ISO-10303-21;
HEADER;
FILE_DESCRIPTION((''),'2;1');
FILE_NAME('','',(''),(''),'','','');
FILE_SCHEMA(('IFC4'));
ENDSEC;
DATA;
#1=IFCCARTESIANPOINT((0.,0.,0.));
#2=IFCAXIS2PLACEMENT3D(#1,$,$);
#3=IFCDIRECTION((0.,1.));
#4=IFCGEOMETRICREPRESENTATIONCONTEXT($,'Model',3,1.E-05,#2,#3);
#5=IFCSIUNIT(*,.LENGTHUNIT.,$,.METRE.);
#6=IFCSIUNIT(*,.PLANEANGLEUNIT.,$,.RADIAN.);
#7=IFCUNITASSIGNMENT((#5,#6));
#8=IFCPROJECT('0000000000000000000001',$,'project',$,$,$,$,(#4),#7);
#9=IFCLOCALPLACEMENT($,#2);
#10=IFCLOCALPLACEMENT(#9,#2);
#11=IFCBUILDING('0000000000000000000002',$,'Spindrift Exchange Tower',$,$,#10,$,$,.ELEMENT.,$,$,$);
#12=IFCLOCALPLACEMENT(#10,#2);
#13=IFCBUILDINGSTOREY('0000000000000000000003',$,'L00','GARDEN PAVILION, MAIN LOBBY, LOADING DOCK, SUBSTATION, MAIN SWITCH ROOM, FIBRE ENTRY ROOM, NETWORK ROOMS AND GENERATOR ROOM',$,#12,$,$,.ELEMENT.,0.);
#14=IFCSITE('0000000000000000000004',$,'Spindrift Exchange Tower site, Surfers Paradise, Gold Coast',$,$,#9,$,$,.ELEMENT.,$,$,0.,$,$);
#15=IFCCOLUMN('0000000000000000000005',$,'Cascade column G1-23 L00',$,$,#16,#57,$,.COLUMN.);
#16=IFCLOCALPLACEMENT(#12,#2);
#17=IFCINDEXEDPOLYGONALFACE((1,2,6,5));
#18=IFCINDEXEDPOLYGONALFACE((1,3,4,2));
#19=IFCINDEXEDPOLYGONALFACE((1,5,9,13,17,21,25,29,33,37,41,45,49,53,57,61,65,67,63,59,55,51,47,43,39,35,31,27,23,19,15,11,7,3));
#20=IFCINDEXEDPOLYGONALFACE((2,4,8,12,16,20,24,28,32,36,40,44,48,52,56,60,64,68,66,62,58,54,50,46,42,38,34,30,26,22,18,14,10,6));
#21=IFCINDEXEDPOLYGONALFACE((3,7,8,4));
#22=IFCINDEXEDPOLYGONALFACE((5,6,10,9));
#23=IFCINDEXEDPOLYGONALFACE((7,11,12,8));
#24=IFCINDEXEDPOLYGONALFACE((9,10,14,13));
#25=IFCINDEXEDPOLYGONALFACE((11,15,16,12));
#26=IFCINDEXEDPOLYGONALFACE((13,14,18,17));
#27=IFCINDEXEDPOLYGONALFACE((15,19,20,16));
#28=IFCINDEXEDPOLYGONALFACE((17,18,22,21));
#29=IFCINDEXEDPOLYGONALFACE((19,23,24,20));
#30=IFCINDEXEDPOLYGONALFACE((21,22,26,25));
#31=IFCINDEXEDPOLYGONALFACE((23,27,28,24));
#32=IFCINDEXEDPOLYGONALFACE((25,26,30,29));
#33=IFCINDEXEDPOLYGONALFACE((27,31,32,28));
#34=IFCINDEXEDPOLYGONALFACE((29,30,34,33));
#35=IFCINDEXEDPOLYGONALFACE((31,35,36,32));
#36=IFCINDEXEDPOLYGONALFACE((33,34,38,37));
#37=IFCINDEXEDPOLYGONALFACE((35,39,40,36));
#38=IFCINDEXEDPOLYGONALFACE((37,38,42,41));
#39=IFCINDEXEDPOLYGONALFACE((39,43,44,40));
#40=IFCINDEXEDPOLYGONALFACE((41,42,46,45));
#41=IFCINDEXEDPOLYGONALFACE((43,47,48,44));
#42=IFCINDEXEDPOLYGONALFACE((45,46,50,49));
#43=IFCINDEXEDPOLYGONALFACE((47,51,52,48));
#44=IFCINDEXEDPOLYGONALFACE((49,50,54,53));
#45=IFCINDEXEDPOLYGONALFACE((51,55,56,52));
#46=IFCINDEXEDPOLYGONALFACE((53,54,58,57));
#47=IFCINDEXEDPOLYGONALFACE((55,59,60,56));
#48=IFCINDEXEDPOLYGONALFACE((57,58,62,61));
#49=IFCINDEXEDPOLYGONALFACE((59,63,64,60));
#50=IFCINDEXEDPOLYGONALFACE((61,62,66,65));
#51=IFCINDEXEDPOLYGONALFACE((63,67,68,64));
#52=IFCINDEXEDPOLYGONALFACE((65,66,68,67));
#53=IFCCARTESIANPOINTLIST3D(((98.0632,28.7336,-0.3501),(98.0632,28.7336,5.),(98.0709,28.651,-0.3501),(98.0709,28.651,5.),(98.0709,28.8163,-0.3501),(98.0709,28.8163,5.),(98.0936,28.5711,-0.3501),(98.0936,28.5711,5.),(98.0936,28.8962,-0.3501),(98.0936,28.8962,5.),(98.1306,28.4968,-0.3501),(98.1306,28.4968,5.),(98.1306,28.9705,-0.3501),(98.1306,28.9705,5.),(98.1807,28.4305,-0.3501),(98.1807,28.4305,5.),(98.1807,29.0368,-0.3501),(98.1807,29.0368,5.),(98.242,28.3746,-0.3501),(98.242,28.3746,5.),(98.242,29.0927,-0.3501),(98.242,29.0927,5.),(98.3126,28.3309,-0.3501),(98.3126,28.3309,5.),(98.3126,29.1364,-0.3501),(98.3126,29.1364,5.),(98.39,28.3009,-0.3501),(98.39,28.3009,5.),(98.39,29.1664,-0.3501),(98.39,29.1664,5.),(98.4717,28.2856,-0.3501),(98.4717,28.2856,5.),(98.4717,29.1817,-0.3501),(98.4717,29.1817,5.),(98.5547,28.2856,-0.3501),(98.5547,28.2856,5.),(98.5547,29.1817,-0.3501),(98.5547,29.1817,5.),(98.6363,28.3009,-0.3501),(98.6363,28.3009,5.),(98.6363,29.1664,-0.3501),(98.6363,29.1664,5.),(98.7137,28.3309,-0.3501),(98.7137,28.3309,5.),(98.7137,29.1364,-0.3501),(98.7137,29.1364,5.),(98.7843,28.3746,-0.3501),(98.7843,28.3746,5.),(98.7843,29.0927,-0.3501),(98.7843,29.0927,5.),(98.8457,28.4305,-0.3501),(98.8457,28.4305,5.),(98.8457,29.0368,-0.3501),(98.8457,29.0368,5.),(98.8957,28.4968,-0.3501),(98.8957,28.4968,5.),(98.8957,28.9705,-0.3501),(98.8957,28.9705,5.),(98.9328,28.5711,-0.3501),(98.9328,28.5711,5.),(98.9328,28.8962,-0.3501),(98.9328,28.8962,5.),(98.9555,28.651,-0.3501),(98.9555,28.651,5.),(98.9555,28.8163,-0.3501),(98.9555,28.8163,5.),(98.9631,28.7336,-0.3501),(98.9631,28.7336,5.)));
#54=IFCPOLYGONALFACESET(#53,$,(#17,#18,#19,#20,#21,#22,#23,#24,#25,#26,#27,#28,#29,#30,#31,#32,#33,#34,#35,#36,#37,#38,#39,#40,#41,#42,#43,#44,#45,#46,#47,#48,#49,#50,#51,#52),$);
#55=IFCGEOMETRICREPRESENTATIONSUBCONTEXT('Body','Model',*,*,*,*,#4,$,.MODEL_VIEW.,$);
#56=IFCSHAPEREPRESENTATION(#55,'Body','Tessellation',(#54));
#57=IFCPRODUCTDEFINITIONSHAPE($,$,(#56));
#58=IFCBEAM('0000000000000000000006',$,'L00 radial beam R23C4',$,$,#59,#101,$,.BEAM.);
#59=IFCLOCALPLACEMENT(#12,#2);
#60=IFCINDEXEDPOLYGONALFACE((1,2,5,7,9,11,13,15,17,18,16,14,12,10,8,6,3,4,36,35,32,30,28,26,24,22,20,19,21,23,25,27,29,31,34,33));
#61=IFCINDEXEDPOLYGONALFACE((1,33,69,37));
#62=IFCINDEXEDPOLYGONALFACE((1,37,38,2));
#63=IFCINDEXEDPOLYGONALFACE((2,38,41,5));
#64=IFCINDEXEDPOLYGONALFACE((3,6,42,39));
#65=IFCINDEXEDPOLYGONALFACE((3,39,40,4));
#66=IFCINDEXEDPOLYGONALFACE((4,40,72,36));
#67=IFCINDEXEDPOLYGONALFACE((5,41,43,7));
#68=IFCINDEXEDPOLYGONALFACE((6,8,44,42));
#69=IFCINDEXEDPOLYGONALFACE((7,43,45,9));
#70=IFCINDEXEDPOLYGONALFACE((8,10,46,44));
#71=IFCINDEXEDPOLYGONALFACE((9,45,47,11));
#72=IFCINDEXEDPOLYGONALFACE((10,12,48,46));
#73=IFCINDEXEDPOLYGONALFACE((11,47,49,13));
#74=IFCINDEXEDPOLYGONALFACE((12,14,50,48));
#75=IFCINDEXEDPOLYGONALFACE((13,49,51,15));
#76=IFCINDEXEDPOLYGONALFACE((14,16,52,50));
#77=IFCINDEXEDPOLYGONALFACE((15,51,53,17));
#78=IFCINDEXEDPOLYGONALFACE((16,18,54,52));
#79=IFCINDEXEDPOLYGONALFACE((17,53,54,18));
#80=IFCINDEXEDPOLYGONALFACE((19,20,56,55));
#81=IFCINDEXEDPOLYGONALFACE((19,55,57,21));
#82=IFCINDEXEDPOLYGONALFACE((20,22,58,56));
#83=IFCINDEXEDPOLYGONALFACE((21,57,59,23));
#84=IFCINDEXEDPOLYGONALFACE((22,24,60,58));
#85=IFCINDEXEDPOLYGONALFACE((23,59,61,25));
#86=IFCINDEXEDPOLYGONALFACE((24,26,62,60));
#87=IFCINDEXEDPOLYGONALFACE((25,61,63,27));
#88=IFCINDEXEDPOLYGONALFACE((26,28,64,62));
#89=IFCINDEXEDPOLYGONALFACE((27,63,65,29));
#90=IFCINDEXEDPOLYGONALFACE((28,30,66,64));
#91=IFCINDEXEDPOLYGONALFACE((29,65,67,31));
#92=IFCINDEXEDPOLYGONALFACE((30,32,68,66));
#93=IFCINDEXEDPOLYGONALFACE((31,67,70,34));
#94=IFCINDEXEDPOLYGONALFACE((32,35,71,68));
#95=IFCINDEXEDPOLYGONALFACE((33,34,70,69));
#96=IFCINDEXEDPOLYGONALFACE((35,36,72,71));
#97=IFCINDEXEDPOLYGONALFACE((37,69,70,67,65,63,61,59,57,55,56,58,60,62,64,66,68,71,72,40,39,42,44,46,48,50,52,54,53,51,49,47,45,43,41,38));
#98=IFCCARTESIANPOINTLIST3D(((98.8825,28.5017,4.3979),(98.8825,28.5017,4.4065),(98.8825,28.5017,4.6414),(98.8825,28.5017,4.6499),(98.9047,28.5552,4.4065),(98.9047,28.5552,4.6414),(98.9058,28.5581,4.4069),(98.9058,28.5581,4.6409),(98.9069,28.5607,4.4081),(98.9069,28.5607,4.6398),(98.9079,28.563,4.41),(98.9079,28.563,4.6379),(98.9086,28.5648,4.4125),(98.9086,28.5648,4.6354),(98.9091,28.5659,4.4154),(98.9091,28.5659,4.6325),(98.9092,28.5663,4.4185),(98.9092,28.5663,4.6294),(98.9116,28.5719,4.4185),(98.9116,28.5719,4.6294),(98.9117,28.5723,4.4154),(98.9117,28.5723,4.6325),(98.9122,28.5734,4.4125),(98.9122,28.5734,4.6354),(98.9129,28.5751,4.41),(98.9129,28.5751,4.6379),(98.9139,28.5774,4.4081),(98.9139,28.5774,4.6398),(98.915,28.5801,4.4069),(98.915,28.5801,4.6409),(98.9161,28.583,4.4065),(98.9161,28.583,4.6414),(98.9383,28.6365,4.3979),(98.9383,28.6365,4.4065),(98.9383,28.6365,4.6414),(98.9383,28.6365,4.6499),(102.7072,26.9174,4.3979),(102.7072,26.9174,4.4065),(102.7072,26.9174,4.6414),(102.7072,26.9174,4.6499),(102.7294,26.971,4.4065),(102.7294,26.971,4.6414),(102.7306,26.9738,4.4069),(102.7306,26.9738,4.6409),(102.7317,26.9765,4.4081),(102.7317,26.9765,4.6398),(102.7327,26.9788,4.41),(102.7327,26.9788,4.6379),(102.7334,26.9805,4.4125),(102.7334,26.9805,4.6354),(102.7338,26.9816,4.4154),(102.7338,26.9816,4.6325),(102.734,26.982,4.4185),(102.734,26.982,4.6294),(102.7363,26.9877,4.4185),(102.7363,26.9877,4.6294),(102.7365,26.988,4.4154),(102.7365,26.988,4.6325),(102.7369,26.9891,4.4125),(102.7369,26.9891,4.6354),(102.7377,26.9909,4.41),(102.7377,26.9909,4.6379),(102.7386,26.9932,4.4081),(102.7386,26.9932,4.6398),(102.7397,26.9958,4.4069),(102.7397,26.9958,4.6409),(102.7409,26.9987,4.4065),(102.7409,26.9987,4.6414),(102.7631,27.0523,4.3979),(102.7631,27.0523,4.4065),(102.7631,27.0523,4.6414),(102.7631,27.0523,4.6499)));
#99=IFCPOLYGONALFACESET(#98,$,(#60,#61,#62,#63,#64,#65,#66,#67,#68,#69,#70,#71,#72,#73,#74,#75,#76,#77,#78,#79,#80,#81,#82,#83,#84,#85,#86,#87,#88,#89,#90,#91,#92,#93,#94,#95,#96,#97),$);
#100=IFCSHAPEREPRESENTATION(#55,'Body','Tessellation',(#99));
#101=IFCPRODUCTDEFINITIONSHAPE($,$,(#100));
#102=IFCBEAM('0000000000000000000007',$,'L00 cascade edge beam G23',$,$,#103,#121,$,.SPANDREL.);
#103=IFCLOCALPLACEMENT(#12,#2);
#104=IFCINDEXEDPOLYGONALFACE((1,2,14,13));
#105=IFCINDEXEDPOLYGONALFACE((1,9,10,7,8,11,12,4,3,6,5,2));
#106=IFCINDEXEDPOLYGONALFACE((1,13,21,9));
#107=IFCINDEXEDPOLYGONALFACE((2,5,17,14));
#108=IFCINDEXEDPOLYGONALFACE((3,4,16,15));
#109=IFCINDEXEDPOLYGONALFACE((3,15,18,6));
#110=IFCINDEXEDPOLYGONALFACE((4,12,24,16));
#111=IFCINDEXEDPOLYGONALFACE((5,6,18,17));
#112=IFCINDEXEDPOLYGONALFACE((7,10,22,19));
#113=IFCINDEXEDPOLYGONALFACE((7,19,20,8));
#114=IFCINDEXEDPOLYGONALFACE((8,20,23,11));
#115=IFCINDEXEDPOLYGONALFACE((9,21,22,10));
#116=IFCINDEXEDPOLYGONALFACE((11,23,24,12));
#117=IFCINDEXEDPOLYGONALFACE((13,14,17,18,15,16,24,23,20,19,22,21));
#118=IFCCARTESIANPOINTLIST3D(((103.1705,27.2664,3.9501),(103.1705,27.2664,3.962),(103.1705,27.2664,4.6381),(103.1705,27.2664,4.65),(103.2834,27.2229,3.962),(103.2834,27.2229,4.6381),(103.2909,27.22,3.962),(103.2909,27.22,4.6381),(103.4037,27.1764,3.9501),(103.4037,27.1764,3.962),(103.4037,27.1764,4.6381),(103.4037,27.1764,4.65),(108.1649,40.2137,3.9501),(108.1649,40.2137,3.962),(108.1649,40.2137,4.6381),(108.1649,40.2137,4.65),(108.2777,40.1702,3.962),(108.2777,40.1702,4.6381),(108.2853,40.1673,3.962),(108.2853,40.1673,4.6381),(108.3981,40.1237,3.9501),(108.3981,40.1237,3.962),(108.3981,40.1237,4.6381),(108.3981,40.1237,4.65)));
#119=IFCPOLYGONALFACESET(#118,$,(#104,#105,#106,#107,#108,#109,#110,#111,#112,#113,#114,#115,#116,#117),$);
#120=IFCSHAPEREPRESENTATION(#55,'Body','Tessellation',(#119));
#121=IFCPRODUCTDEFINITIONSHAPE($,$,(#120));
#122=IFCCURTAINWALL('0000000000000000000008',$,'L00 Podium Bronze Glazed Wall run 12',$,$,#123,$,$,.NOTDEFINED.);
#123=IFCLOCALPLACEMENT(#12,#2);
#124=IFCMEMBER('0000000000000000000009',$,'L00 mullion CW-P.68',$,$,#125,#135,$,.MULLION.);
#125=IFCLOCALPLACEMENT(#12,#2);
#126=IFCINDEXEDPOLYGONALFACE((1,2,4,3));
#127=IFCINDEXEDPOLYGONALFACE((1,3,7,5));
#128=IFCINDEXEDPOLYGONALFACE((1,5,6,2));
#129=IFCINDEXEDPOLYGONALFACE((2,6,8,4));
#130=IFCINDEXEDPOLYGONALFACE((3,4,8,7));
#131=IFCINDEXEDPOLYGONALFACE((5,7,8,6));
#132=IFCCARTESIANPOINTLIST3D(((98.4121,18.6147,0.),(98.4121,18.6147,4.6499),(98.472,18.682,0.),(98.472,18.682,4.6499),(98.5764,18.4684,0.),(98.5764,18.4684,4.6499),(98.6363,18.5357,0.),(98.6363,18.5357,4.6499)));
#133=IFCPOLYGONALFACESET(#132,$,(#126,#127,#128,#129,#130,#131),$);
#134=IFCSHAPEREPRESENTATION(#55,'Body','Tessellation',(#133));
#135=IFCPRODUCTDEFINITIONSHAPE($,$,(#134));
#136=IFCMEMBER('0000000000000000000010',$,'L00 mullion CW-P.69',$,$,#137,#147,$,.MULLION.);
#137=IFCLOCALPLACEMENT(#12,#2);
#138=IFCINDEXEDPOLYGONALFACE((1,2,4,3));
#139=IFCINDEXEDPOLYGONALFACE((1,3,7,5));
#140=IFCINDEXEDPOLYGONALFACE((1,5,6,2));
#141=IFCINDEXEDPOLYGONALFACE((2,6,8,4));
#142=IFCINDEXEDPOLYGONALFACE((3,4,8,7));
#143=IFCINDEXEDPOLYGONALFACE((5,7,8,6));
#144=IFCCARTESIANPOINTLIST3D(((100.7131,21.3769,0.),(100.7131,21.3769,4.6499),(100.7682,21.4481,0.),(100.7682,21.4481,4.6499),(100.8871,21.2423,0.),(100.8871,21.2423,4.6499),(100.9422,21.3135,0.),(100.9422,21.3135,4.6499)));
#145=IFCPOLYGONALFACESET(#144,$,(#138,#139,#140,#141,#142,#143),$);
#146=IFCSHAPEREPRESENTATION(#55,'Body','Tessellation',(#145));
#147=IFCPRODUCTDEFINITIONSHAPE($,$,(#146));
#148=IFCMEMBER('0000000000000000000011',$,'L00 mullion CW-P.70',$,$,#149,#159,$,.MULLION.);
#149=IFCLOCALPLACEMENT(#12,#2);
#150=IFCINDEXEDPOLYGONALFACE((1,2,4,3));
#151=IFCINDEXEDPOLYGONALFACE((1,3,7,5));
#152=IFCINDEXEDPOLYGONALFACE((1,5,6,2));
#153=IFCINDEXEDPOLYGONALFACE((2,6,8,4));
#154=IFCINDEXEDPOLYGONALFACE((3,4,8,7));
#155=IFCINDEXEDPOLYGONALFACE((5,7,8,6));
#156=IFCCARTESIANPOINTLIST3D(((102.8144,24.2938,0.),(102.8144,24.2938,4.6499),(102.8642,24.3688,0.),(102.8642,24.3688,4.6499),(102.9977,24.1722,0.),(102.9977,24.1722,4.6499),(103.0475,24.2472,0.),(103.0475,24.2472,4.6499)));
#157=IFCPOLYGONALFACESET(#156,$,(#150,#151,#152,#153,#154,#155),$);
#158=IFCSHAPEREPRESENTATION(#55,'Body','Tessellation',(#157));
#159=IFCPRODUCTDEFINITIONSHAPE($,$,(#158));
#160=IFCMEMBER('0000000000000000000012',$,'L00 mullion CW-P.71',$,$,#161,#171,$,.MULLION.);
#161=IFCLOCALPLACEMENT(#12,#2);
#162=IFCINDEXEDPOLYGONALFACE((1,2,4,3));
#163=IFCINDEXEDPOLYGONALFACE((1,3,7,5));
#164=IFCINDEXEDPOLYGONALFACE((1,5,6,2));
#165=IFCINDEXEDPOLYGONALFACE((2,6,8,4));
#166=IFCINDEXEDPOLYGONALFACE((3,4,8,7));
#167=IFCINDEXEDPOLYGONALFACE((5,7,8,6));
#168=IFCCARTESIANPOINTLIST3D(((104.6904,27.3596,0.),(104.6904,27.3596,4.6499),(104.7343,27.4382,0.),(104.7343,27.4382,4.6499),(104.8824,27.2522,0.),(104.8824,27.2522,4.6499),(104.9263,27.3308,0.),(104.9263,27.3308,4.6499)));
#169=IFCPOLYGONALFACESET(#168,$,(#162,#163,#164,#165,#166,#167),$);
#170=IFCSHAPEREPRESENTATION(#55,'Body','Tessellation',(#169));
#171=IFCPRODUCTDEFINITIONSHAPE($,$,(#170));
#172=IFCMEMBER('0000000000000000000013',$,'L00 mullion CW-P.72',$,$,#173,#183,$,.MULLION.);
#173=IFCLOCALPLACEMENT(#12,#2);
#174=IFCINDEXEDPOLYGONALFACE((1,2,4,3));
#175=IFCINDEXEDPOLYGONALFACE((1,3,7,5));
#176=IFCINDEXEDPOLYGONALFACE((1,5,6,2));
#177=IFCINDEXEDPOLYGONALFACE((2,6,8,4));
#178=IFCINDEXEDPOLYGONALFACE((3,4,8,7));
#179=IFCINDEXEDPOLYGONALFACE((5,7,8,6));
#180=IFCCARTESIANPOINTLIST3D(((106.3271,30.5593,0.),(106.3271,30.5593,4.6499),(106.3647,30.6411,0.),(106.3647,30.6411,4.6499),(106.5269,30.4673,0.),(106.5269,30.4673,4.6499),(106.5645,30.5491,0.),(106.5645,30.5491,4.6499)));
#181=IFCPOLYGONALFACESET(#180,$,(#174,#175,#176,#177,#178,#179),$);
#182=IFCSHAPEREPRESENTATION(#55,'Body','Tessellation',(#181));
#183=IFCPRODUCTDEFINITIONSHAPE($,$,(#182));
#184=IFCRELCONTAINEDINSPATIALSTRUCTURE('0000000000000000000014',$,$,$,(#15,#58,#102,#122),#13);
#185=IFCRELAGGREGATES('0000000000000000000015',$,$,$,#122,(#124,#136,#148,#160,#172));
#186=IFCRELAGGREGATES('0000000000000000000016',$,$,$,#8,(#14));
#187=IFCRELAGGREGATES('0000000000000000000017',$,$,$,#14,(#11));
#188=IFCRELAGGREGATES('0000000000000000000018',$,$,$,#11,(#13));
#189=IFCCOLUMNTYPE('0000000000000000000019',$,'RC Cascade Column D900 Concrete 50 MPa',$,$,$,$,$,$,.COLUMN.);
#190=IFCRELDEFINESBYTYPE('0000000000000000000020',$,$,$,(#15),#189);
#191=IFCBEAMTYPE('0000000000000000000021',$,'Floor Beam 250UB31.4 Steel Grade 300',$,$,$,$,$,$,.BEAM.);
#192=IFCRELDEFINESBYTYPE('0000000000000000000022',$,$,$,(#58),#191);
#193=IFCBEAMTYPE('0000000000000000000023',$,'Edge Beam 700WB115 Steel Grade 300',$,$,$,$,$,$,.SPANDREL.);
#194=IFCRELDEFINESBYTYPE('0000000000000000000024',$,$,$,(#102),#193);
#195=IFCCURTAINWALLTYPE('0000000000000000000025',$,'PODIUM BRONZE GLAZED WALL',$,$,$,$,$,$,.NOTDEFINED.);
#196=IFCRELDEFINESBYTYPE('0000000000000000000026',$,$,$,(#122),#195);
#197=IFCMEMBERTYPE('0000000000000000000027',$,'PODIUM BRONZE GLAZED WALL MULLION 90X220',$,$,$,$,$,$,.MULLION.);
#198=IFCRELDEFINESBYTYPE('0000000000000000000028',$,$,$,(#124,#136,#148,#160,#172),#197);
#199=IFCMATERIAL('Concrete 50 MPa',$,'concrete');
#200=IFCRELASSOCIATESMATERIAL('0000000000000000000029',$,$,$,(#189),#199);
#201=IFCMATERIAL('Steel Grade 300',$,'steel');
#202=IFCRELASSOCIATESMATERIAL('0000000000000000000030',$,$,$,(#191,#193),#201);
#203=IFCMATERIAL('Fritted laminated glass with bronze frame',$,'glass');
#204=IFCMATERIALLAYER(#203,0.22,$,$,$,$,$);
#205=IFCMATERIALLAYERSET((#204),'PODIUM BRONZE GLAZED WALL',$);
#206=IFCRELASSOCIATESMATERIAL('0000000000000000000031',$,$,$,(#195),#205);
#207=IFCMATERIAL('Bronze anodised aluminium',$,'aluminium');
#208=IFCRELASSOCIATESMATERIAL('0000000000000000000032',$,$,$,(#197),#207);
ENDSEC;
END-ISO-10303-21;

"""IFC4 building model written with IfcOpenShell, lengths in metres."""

from ifc_helpers import new_model, si_unit, direction, frame, origin, origin_2d, place, context, subcontext, project, spatial, rectangle, circle, i_section, extrude, source, transform, mapped, material, layer, layer_set, material_profile, profile_set, type_object, element, aggregate, save


model = new_model("IFC4")

# Units and contexts
model_context = context("Model", 3, precision=1e-05, world=origin(), true_north=direction((0.0, 1.0)))
body_context = subcontext(model_context, "Body", "Model", "MODEL_VIEW")
ifc_project = project(units=[si_unit("LENGTHUNIT", "METRE"), si_unit("PLANEANGLEUNIT", "RADIAN")], contexts=[model_context])

# Site, building, storey
site_placement = place(None, origin())
site = spatial("IfcSite", under=ifc_project, at=site_placement, Name="Spindrift Exchange Tower site, Surfers Paradise, Gold Coast", CompositionType="ELEMENT", RefElevation=0.0)
building_placement = place(site_placement, origin())
building = spatial("IfcBuilding", under=site, at=building_placement, Name="Spindrift Exchange Tower", CompositionType="ELEMENT")
storey_placement = place(building_placement, origin())
storey = spatial("IfcBuildingStorey", under=building, at=storey_placement, Name="L00", Description="GARDEN PAVILION, MAIN LOBBY, LOADING DOCK, SUBSTATION, MAIN SWITCH ROOM, FIBRE ENTRY ROOM, NETWORK ROOMS AND GENERATOR ROOM", CompositionType="ELEMENT", Elevation=0.0)

# Column
ifc_material_1 = material(Name="Concrete 50 MPa", Category="concrete")
ifc_material_profile_1 = material_profile(ifc_material_1, circle(Radius=0.45, at=origin_2d()), Name="RC D900")
ifc_profile_set_1 = profile_set([ifc_material_profile_1], Name="Concrete 50 MPa")
column_type = type_object("IfcColumnType", Name="RC Cascade Column D900 Concrete 50 MPa", PredefinedType="COLUMN", material=ifc_profile_set_1)
shared_shape_1 = source(origin(), body_context, "Body", "SweptSolid", [
    extrude(circle(Radius=0.45, at=origin_2d()), origin(), (0.0, 0.0, 1.0), 5.3501),
])
column_1_placement = place(storey_placement, frame((98.5132, 28.7336, -0.3501), z_axis=(0.0, 0.0, 1.0), x_axis=(1.0, 0.0, 0.0)))
element("IfcColumn", 1, at=column_1_placement, inside=storey, type_object=column_type, Name="Cascade column G1-23 L00", PredefinedType="COLUMN", context=body_context, shape_type="MappedRepresentation", body=[
    mapped(shared_shape_1, transform((0.0, 0.0, 0.0), scale=1.0)),
])

# Beams
ifc_material_2 = material(Name="Steel Grade 300", Category="steel")
ifc_material_profile_2 = material_profile(ifc_material_2, i_section(OverallWidth=0.146, OverallDepth=0.252, WebThickness=0.0061, FlangeThickness=0.0085, FilletRadius=0.012, at=origin_2d()), Name="250UB31.4")
ifc_profile_set_2 = profile_set([ifc_material_profile_2], Name="Steel Grade 300")
beam_type_1 = type_object("IfcBeamType", Name="Floor Beam 250UB31.4 Steel Grade 300", PredefinedType="BEAM", material=ifc_profile_set_2)
shared_shape_2 = source(origin(), body_context, "Body", "SweptSolid", [
    extrude(i_section(OverallWidth=0.146, OverallDepth=0.252, WebThickness=0.0061, FlangeThickness=0.0085, FilletRadius=0.012, at=origin_2d()), origin(), (0.0, 0.0, 1.0), 4.1399),
])
beam_1_placement = place(storey_placement, frame((98.9104, 28.5691, 4.5239), z_axis=(0.923881, -0.38268, 0.0), x_axis=(0.38268, 0.923881, 0.0)))
element("IfcBeam", 2, at=beam_1_placement, inside=storey, type_object=beam_type_1, Name="L00 radial beam R23C4", PredefinedType="BEAM", context=body_context, shape_type="MappedRepresentation", body=[
    mapped(shared_shape_2, transform((0.0, 0.0, 0.0), scale=1.0)),
])
ifc_material_profile_3 = material_profile(ifc_material_2, i_section(OverallWidth=0.25, OverallDepth=0.7, WebThickness=0.0081, FlangeThickness=0.012, at=origin_2d()), Name="700WB115")
ifc_profile_set_3 = profile_set([ifc_material_profile_3], Name="Steel Grade 300")
beam_type_2 = type_object("IfcBeamType", Name="Edge Beam 700WB115 Steel Grade 300", PredefinedType="SPANDREL", material=ifc_profile_set_3)
shared_shape_3 = source(origin(), body_context, "Body", "SweptSolid", [
    extrude(i_section(OverallWidth=0.25, OverallDepth=0.7, WebThickness=0.0081, FlangeThickness=0.012, at=origin_2d()), origin(), (0.0, 0.0, 1.0), 13.8772),
])
beam_2_placement = place(storey_placement, frame((103.2871, 27.2214, 4.3), z_axis=(0.3599, 0.932991, 0.0), x_axis=(-0.932991, 0.3599, 0.0)))
element("IfcBeam", 3, at=beam_2_placement, inside=storey, type_object=beam_type_2, Name="L00 cascade edge beam G23", PredefinedType="SPANDREL", context=body_context, shape_type="MappedRepresentation", body=[
    mapped(shared_shape_3, transform((0.0, 0.0, 0.0), scale=1.0)),
])

# Curtain wall, members
ifc_material_3 = material(Name="Fritted laminated glass with bronze frame", Category="glass")
ifc_layer_1 = layer(ifc_material_3, 0.22)
ifc_layer_set_1 = layer_set([ifc_layer_1], Name="PODIUM BRONZE GLAZED WALL")
curtain_wall_type = type_object("IfcCurtainWallType", Name="PODIUM BRONZE GLAZED WALL", PredefinedType="NOTDEFINED", material=ifc_layer_set_1)
curtain_wall_placement = place(storey_placement, origin())
curtain_wall = element("IfcCurtainWall", 4, at=curtain_wall_placement, inside=storey, type_object=curtain_wall_type, Name="L00 Podium Bronze Glazed Wall run 12", PredefinedType="NOTDEFINED")
ifc_material_4 = material(Name="Bronze anodised aluminium", Category="aluminium")
ifc_material_profile_4 = material_profile(ifc_material_4, rectangle(XDim=0.0901, YDim=0.22, at=origin_2d()), Name="PODIUM BRONZE GLAZED WALL MULLION 90X220")
ifc_profile_set_4 = profile_set([ifc_material_profile_4], Name="Bronze anodised aluminium")
member_type_1 = type_object("IfcMemberType", Name="PODIUM BRONZE GLAZED WALL MULLION 90X220", PredefinedType="MULLION", material=ifc_profile_set_4)
shared_shape_4 = source(origin(), body_context, "Body", "SweptSolid", [
    extrude(rectangle(XDim=0.0901, YDim=0.22, at=origin_2d()), origin(), (0.0, 0.0, 1.0), 4.6499),
])
member_1_placement = place(storey_placement, frame((98.5242, 18.5752, 0.0), z_axis=(0.0, 0.0, 1.0), x_axis=(0.665028, 0.746818, 0.0)))
member_1 = element("IfcMember", 5, at=member_1_placement, type_object=member_type_1, Name="L00 mullion CW-P.68", PredefinedType="MULLION", context=body_context, shape_type="MappedRepresentation", body=[
    mapped(shared_shape_4, transform((0.0, 0.0, 0.0), scale=1.0)),
])
member_2_placement = place(storey_placement, frame((100.8276, 21.3452, 0.0), z_axis=(0.0, 0.0, 1.0), x_axis=(0.611951, 0.790896, 0.0)))
member_2 = element("IfcMember", 6, at=member_2_placement, type_object=member_type_1, Name="L00 mullion CW-P.69", PredefinedType="MULLION", context=body_context, shape_type="MappedRepresentation", body=[
    mapped(shared_shape_4, transform((0.0, 0.0, 0.0), scale=1.0)),
])
member_3_placement = place(storey_placement, frame((102.9309, 24.2705, 0.0), z_axis=(0.0, 0.0, 1.0), x_axis=(0.552843, 0.833286, 0.0)))
member_3 = element("IfcMember", 7, at=member_3_placement, type_object=member_type_1, Name="L00 mullion CW-P.70", PredefinedType="MULLION", context=body_context, shape_type="MappedRepresentation", body=[
    mapped(shared_shape_4, transform((0.0, 0.0, 0.0), scale=1.0)),
])
member_4_placement = place(storey_placement, frame((104.8083, 27.3452, 0.0), z_axis=(0.0, 0.0, 1.0), x_axis=(0.488166, 0.872751, 0.0)))
member_4 = element("IfcMember", 8, at=member_4_placement, type_object=member_type_1, Name="L00 mullion CW-P.71", PredefinedType="MULLION", context=body_context, shape_type="MappedRepresentation", body=[
    mapped(shared_shape_4, transform((0.0, 0.0, 0.0), scale=1.0)),
])
member_5_placement = place(storey_placement, frame((106.4458, 30.5542, 0.0), z_axis=(0.0, 0.0, 1.0), x_axis=(0.418285, 0.908316, 0.0)))
member_5 = element("IfcMember", 9, at=member_5_placement, type_object=member_type_1, Name="L00 mullion CW-P.72", PredefinedType="MULLION", context=body_context, shape_type="MappedRepresentation", body=[
    mapped(shared_shape_4, transform((0.0, 0.0, 0.0), scale=1.0)),
])
aggregate(curtain_wall, [member_1, member_2, member_3, member_4, member_5])

save(model, "model.ifc")
